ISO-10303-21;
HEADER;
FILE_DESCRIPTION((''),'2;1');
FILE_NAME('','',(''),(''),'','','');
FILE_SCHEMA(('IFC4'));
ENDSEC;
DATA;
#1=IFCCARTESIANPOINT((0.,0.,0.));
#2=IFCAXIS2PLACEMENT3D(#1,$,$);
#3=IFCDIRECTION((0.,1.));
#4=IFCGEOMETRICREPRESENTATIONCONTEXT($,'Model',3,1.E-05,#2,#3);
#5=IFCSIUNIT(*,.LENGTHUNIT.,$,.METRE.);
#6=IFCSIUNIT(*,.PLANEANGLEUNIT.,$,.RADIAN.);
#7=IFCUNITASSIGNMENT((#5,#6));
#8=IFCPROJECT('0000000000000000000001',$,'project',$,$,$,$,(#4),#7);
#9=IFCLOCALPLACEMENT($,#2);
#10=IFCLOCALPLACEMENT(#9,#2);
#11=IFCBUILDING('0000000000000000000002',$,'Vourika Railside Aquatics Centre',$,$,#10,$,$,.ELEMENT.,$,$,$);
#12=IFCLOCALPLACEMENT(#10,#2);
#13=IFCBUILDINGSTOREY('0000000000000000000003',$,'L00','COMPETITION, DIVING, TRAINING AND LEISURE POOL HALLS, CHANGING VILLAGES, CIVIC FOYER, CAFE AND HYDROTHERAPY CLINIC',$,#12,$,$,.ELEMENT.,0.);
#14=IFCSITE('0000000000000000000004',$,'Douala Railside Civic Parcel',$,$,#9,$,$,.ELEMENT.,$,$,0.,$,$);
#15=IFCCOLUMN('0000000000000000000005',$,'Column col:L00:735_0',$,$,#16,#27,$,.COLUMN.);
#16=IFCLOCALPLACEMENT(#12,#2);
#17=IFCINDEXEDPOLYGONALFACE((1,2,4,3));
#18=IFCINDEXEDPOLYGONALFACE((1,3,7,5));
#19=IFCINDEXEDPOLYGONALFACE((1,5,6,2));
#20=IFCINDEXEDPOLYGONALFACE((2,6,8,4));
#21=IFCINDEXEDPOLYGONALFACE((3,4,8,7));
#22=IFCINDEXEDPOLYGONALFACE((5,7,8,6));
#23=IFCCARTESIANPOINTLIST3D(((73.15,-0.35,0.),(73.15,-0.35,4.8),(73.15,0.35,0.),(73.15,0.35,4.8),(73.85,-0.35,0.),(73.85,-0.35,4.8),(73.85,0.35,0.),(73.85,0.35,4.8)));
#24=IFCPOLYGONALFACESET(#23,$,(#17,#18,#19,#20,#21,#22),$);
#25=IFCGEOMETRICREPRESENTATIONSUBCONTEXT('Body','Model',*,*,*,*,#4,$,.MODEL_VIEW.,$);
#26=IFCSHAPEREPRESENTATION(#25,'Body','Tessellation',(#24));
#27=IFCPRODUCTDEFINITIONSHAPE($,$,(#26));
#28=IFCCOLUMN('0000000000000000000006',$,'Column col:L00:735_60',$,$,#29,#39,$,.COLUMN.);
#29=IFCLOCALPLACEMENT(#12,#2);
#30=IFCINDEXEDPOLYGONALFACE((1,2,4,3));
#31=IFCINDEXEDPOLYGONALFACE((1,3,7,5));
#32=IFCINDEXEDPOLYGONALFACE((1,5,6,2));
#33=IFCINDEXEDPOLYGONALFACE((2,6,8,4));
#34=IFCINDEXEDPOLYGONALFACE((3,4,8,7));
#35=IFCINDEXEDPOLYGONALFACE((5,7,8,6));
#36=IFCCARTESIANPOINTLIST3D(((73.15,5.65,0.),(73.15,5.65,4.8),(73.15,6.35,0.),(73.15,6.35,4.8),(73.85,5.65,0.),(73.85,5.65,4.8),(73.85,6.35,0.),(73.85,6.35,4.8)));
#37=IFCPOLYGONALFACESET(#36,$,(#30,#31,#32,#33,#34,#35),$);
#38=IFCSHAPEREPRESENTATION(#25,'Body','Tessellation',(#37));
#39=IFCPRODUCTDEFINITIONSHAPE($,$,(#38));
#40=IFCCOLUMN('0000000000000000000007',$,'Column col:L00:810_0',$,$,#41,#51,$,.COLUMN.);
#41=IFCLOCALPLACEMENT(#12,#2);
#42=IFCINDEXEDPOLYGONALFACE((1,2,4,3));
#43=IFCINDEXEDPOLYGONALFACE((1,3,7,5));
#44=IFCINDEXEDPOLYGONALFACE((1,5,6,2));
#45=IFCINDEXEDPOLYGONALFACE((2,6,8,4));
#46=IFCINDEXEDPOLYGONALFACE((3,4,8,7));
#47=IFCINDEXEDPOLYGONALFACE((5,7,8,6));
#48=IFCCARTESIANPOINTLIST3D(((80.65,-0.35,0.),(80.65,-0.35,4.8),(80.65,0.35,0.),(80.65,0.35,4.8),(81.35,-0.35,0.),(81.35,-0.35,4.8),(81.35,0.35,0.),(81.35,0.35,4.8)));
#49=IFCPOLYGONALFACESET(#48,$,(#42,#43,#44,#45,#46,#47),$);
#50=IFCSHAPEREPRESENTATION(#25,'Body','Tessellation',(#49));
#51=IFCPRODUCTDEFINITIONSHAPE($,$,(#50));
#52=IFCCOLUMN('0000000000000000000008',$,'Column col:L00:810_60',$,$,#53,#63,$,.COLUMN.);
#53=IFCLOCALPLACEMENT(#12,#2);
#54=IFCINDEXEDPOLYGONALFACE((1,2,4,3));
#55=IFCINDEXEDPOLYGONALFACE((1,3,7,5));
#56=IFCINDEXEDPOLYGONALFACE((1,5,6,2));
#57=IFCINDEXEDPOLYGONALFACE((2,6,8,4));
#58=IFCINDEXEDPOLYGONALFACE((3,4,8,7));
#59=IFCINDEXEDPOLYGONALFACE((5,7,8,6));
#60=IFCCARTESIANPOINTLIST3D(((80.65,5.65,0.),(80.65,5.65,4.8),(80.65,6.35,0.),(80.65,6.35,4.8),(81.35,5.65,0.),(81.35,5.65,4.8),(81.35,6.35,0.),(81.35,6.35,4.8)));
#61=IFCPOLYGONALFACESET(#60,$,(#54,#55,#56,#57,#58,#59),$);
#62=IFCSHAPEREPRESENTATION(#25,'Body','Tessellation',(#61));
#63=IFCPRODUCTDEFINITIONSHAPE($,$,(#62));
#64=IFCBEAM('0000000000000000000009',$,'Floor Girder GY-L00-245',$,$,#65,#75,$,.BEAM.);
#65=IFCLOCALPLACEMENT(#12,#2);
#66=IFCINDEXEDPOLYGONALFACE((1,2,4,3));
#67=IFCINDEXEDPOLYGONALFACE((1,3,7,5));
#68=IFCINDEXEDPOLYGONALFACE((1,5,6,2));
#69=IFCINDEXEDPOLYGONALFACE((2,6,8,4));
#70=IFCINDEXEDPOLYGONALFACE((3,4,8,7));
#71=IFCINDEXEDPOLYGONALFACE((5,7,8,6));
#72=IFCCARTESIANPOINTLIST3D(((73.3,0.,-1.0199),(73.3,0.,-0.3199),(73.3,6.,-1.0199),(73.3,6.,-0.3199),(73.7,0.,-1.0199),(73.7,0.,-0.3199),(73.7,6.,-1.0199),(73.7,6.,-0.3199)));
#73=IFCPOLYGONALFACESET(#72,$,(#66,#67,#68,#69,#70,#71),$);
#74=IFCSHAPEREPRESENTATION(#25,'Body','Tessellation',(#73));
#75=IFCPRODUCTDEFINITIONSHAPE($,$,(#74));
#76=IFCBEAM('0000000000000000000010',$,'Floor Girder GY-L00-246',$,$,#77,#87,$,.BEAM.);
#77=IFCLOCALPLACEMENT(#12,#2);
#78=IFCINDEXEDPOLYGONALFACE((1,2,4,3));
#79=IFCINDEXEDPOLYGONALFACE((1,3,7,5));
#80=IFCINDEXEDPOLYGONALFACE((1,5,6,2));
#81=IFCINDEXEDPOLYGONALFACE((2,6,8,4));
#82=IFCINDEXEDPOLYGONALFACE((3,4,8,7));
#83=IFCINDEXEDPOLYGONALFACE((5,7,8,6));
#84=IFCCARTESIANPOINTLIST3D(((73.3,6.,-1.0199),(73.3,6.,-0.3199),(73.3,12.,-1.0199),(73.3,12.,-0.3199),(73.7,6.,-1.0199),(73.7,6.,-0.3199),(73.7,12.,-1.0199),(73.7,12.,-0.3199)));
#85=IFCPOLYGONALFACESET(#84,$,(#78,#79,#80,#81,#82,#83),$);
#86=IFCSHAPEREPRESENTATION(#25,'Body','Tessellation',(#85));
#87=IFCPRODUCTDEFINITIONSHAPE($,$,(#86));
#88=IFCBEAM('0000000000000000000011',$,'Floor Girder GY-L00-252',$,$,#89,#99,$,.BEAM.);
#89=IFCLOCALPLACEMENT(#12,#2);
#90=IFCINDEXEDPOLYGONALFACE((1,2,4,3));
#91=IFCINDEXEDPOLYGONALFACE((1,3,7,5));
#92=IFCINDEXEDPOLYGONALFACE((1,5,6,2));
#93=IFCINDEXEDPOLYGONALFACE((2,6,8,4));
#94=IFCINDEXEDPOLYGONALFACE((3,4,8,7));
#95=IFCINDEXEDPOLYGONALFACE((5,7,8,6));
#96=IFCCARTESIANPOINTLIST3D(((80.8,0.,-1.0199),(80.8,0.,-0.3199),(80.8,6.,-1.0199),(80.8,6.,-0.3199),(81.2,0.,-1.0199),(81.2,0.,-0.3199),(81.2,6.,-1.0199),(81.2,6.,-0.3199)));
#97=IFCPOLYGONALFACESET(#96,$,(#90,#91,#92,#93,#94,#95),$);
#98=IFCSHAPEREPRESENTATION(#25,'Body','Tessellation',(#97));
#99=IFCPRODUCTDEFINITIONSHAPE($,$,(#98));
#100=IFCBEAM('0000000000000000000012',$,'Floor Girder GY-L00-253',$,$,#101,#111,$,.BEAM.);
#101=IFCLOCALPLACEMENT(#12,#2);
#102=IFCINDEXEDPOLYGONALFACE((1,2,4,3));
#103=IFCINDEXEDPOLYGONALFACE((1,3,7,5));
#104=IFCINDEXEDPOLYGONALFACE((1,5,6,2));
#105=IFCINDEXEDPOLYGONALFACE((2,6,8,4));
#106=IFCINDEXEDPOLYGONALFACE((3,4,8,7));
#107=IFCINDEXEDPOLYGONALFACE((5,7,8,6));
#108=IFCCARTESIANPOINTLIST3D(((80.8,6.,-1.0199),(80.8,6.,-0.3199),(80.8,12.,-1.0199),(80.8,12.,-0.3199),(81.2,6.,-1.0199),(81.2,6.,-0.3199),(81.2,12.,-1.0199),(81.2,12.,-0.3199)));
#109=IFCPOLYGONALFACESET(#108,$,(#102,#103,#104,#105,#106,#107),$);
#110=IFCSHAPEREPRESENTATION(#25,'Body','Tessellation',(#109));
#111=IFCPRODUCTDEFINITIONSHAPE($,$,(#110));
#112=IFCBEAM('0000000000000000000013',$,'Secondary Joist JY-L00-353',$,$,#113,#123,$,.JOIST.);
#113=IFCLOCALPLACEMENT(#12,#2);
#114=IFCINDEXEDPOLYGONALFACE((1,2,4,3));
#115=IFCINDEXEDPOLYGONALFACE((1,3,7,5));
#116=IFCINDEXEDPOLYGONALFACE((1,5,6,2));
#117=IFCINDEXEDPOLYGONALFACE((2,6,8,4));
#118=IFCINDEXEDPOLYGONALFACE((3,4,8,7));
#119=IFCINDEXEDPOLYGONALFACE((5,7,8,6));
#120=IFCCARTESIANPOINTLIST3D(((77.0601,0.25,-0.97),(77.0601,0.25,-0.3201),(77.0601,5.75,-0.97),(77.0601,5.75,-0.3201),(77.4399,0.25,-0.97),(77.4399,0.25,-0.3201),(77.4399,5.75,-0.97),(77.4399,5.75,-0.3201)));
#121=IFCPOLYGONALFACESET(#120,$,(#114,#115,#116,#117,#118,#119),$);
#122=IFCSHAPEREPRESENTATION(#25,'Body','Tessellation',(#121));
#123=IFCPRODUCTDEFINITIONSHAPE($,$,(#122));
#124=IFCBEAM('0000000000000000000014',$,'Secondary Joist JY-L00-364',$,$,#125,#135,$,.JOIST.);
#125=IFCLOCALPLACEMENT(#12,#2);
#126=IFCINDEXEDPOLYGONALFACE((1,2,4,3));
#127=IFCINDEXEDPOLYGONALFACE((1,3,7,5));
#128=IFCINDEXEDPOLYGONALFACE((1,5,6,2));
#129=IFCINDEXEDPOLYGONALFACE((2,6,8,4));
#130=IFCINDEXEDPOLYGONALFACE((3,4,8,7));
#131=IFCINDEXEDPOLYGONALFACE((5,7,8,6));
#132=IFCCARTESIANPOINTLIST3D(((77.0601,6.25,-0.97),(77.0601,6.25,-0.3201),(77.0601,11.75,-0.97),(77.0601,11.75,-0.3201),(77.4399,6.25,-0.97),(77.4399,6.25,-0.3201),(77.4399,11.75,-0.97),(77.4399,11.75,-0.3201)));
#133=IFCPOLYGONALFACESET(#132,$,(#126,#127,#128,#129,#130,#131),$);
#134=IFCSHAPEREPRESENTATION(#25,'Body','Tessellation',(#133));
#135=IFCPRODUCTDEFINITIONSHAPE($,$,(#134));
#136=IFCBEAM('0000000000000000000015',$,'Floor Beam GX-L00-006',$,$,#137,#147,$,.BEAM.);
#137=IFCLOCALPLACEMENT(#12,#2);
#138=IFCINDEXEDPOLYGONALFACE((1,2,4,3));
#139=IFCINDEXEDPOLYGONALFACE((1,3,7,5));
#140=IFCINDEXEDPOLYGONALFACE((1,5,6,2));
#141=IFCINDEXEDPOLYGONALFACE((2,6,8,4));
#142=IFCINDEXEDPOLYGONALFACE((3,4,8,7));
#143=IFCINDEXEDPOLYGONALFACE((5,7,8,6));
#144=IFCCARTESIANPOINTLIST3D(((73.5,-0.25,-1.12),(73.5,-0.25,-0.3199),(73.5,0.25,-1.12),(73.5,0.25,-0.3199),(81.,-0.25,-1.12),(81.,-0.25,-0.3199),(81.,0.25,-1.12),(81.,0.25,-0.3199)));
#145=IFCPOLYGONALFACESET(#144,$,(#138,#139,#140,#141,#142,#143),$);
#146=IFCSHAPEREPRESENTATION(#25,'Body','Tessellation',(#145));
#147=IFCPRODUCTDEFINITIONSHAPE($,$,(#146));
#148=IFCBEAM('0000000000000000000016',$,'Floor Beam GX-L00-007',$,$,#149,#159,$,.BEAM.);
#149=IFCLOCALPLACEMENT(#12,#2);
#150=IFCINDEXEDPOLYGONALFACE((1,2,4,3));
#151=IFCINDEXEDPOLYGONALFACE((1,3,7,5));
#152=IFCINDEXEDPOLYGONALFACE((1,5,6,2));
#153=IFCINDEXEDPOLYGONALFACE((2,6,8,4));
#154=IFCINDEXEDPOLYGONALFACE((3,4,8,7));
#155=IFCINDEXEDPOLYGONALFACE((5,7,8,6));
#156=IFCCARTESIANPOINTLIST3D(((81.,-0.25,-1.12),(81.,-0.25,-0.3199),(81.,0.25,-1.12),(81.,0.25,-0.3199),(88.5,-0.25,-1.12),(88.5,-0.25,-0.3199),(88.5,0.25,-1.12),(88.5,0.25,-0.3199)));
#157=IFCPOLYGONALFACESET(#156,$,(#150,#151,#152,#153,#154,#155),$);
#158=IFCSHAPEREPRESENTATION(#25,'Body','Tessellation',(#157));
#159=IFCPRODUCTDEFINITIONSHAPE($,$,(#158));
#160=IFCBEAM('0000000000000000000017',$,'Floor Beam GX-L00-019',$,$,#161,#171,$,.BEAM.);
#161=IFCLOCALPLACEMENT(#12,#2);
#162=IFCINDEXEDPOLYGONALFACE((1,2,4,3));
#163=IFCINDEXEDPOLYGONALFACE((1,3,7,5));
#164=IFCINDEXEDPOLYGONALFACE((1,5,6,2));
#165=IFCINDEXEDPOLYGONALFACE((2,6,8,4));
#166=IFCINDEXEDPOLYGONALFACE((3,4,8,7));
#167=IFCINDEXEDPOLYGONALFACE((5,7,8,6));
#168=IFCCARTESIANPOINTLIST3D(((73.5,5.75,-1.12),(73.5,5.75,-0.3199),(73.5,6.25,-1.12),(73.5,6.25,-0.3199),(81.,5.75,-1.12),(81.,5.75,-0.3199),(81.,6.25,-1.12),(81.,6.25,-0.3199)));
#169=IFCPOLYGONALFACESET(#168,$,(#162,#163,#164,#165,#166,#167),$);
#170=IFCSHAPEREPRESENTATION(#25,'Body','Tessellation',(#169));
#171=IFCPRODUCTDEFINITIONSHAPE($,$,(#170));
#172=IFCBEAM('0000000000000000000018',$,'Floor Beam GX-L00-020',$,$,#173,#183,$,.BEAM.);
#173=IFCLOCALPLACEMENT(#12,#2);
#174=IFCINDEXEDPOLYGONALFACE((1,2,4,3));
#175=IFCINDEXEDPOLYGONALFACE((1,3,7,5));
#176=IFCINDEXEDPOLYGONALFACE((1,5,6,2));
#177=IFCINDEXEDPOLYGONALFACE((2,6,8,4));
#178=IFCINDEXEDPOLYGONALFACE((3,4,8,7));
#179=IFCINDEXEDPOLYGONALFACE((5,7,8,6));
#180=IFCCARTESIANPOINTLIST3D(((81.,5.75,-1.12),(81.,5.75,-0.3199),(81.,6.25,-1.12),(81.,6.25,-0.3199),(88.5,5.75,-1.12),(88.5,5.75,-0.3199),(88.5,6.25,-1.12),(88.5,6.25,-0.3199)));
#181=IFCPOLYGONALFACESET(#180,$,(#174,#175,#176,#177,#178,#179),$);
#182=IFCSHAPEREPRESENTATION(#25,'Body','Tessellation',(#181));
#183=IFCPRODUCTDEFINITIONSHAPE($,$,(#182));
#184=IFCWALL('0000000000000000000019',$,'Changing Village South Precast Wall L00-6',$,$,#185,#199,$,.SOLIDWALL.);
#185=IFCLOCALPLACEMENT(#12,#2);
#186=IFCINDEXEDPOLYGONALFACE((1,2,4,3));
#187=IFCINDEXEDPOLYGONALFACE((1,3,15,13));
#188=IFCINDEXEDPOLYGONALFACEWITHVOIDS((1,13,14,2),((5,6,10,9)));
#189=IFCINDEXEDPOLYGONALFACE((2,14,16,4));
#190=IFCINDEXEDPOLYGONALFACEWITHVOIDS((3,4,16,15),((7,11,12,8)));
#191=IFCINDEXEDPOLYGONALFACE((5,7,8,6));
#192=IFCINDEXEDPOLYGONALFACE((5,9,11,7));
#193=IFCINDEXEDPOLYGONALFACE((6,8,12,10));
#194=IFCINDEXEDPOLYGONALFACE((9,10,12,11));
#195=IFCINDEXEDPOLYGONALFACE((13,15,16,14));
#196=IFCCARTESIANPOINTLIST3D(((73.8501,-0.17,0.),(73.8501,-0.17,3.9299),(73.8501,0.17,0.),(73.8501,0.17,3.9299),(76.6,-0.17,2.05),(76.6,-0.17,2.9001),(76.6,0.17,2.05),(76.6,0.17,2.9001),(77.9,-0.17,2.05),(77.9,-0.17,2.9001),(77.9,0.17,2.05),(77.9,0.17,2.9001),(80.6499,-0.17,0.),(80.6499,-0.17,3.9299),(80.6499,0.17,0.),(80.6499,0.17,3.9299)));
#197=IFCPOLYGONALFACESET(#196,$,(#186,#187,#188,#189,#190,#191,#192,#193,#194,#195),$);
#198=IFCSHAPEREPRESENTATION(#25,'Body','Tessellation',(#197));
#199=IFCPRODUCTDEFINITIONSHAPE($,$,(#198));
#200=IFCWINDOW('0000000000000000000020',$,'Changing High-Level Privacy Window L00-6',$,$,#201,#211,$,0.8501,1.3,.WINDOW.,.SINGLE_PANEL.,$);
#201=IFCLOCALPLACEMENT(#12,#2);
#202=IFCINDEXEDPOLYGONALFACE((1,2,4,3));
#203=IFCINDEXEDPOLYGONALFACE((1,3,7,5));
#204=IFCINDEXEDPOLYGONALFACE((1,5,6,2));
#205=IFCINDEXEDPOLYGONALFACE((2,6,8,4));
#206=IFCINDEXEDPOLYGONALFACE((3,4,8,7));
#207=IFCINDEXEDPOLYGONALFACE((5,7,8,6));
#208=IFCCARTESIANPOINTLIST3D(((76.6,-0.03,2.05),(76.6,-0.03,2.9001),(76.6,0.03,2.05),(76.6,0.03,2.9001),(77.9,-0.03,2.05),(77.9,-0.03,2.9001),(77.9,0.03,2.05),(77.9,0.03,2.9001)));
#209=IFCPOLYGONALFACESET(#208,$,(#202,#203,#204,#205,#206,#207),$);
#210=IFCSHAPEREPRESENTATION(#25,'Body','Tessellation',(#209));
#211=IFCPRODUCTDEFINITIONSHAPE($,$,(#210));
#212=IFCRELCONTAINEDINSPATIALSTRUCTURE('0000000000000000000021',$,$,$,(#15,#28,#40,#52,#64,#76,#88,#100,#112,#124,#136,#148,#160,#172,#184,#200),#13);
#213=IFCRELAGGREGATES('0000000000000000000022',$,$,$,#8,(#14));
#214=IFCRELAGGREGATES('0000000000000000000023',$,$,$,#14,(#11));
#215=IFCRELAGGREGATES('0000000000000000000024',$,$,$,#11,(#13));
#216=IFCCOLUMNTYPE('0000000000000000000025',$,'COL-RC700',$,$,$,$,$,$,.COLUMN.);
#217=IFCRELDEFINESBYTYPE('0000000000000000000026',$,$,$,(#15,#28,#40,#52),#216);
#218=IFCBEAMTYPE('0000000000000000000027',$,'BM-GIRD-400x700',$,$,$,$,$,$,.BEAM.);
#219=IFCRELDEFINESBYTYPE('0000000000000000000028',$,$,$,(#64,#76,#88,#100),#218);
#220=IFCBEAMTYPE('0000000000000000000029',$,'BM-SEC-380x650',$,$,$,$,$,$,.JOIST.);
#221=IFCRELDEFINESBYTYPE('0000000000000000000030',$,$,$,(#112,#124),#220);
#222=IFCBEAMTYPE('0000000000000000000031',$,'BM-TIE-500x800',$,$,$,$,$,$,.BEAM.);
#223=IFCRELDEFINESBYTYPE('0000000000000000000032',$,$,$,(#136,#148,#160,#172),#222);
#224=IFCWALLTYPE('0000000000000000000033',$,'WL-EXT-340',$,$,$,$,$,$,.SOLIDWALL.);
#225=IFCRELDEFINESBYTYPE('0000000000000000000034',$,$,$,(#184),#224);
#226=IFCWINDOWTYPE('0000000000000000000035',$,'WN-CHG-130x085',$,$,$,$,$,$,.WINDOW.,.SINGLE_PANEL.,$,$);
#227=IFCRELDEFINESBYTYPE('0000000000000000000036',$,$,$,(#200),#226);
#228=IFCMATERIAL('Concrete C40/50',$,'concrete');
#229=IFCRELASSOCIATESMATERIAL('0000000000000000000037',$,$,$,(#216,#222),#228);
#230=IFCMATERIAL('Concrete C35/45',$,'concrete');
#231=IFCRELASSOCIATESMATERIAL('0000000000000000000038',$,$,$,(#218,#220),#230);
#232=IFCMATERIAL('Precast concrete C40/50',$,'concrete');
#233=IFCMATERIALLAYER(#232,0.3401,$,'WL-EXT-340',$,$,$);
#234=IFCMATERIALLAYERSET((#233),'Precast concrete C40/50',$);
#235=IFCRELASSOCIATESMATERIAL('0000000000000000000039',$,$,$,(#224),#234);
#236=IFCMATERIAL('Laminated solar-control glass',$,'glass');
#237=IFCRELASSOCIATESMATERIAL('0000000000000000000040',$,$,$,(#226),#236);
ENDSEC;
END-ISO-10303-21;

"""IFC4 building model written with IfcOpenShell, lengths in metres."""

from ifc_helpers import new_model, si_unit, direction, frame, frame_2d, origin, origin_2d, place, context, subcontext, project, spatial, rectangle, extrude, material, layer, layer_set, material_profile, profile_set, type_object, element, fill, save


model = new_model("IFC4")

# Units and contexts
model_context = context("Model", 3, precision=1e-05, world=origin(), true_north=direction((0.0, 1.0)))
body_context = subcontext(model_context, "Body", "Model", "MODEL_VIEW")
ifc_project = project(units=[si_unit("LENGTHUNIT", "METRE"), si_unit("PLANEANGLEUNIT", "RADIAN")], contexts=[model_context])

# Site, building, storey
site_placement = place(None, origin())
site = spatial("IfcSite", under=ifc_project, at=site_placement, Name="Douala Railside Civic Parcel", CompositionType="ELEMENT", RefElevation=0.0)
building_placement = place(site_placement, origin())
building = spatial("IfcBuilding", under=site, at=building_placement, Name="Vourika Railside Aquatics Centre", CompositionType="ELEMENT")
storey_placement = place(building_placement, origin())
storey = spatial("IfcBuildingStorey", under=building, at=storey_placement, Name="L00", Description="COMPETITION, DIVING, TRAINING AND LEISURE POOL HALLS, CHANGING VILLAGES, CIVIC FOYER, CAFE AND HYDROTHERAPY CLINIC", CompositionType="ELEMENT", Elevation=0.0)

# Columns
ifc_material_1 = material(Name="Concrete C40/50", Category="concrete")
ifc_material_profile_1 = material_profile(ifc_material_1, rectangle(XDim=0.7, YDim=0.7, at=origin_2d()), Name="RC 700x700")
ifc_profile_set_1 = profile_set([ifc_material_profile_1], Name="Concrete C40/50")
column_type = type_object("IfcColumnType", Name="COL-RC700", PredefinedType="COLUMN", material=ifc_profile_set_1)
for number, where, z_axis, x_axis, name in (
    (1, (73.5, 0.0, 0.0), (0.0, 0.0, 1.0), (1.0, 0.0, 0.0), "Column col:L00:735_0"),
    (2, (73.5, 6.0, 0.0), (0.0, 0.0, 1.0), (1.0, 0.0, 0.0), "Column col:L00:735_60"),
    (3, (81.0, 0.0, 0.0), (0.0, 0.0, 1.0), (1.0, 0.0, 0.0), "Column col:L00:810_0"),
    (4, (81.0, 6.0, 0.0), (0.0, 0.0, 1.0), (1.0, 0.0, 0.0), "Column col:L00:810_60"),
):
    element("IfcColumn", number, at=place(storey_placement, frame(where, z_axis=z_axis, x_axis=x_axis)), inside=storey, type_object=column_type, Name=name, PredefinedType="COLUMN", context=body_context, shape_type="SweptSolid", body=[
        extrude(rectangle(XDim=0.7, YDim=0.7, at=origin_2d()), origin(), (0.0, 0.0, 1.0), 4.8),
    ])

# Beams
ifc_material_2 = material(Name="Concrete C35/45", Category="concrete")
ifc_material_profile_2 = material_profile(ifc_material_2, rectangle(XDim=0.3999, YDim=0.7, at=origin_2d()), Name="RC 400x700")
ifc_profile_set_2 = profile_set([ifc_material_profile_2], Name="Concrete C35/45")
beam_type_1 = type_object("IfcBeamType", Name="BM-GIRD-400x700", PredefinedType="BEAM", material=ifc_profile_set_2)
for number, where, z_axis, x_axis, name in (
    (5, (73.5, 0.0, -0.6699), (0.0, 1.0, 0.0), (-1.0, 0.0, 0.0), "Floor Girder GY-L00-245"),
    (6, (73.5, 6.0, -0.6699), (0.0, 1.0, 0.0), (-1.0, 0.0, 0.0), "Floor Girder GY-L00-246"),
    (7, (81.0, 0.0, -0.6699), (0.0, 1.0, 0.0), (-1.0, 0.0, 0.0), "Floor Girder GY-L00-252"),
    (8, (81.0, 6.0, -0.6699), (0.0, 1.0, 0.0), (-1.0, 0.0, 0.0), "Floor Girder GY-L00-253"),
):
    element("IfcBeam", number, at=place(storey_placement, frame(where, z_axis=z_axis, x_axis=x_axis)), inside=storey, type_object=beam_type_1, Name=name, PredefinedType="BEAM", context=body_context, shape_type="SweptSolid", body=[
        extrude(rectangle(XDim=0.3999, YDim=0.7, at=origin_2d()), origin(), (0.0, 0.0, 1.0), 6.0),
    ])
ifc_material_profile_3 = material_profile(ifc_material_2, rectangle(XDim=0.3799, YDim=0.6499, at=origin_2d()), Name="RC 380x650")
ifc_profile_set_3 = profile_set([ifc_material_profile_3], Name="Concrete C35/45")
beam_type_2 = type_object("IfcBeamType", Name="BM-SEC-380x650", PredefinedType="JOIST", material=ifc_profile_set_3)
for number, where, z_axis, x_axis, name in (
    (9, (77.25, 0.25, -0.645), (0.0, 1.0, 0.0), (-1.0, 0.0, 0.0), "Secondary Joist JY-L00-353"),
    (10, (77.25, 6.25, -0.645), (0.0, 1.0, 0.0), (-1.0, 0.0, 0.0), "Secondary Joist JY-L00-364"),
):
    element("IfcBeam", number, at=place(storey_placement, frame(where, z_axis=z_axis, x_axis=x_axis)), inside=storey, type_object=beam_type_2, Name=name, PredefinedType="JOIST", context=body_context, shape_type="SweptSolid", body=[
        extrude(rectangle(XDim=0.3799, YDim=0.6499, at=origin_2d()), origin(), (0.0, 0.0, 1.0), 5.5),
    ])
ifc_material_profile_4 = material_profile(ifc_material_1, rectangle(XDim=0.5, YDim=0.8, at=origin_2d()), Name="RC 500x800")
ifc_profile_set_4 = profile_set([ifc_material_profile_4], Name="Concrete C40/50")
beam_type_3 = type_object("IfcBeamType", Name="BM-TIE-500x800", PredefinedType="BEAM", material=ifc_profile_set_4)
for number, where, z_axis, x_axis, name in (
    (11, (73.5, 0.0, -0.72), (1.0, 0.0, 0.0), (0.0, 1.0, 0.0), "Floor Beam GX-L00-006"),
    (12, (81.0, 0.0, -0.72), (1.0, 0.0, 0.0), (0.0, 1.0, 0.0), "Floor Beam GX-L00-007"),
    (13, (73.5, 6.0, -0.72), (1.0, 0.0, 0.0), (0.0, 1.0, 0.0), "Floor Beam GX-L00-019"),
    (14, (81.0, 6.0, -0.72), (1.0, 0.0, 0.0), (0.0, 1.0, 0.0), "Floor Beam GX-L00-020"),
):
    element("IfcBeam", number, at=place(storey_placement, frame(where, z_axis=z_axis, x_axis=x_axis)), inside=storey, type_object=beam_type_3, Name=name, PredefinedType="BEAM", context=body_context, shape_type="SweptSolid", body=[
        extrude(rectangle(XDim=0.5, YDim=0.8, at=origin_2d()), origin(), (0.0, 0.0, 1.0), 7.5),
    ])

# Wall, opening, window
ifc_material_3 = material(Name="Precast concrete C40/50", Category="concrete")
ifc_layer_1 = layer(ifc_material_3, 0.3401, Name="WL-EXT-340")
ifc_layer_set_1 = layer_set([ifc_layer_1], Name="Precast concrete C40/50")
wall_type_1 = type_object("IfcWallType", Name="WL-EXT-340", PredefinedType="SOLIDWALL", material=ifc_layer_set_1)
wall_1_placement = place(storey_placement, frame((73.8501, 0.0, 0.0), z_axis=(0.0, 0.0, 1.0), x_axis=(1.0, 0.0, 0.0)))
wall_1 = element("IfcWall", 15, at=wall_1_placement, inside=storey, type_object=wall_type_1, Name="Changing Village South Precast Wall L00-6", PredefinedType="SOLIDWALL", context=body_context, shape_type="SweptSolid", body=[
    extrude(rectangle(XDim=6.7998, YDim=0.3401, at=frame_2d((3.3999, 0.0))), origin(), (0.0, 0.0, 1.0), 3.9299),
])
opening_1_placement = place(wall_1_placement, frame((2.75, 0.0, 2.05)))
opening_1 = element("IfcOpeningElement", 16, at=opening_1_placement, cuts=wall_1, PredefinedType="OPENING", context=body_context, shape_type="SweptSolid", body=[
    extrude(rectangle(XDim=1.3, YDim=0.8501, at=frame_2d((0.6499, 0.425))), frame((0.0, 0.1802, 0.0), z_axis=(0.0, -1.0, 0.0), x_axis=(1.0, 0.0, 0.0)), (0.0, 0.0, 1.0), 0.3601),
])
ifc_material_4 = material(Name="Laminated solar-control glass", Category="glass")
window_type_1 = type_object("IfcWindowType", Name="WN-CHG-130x085", PartitioningType="SINGLE_PANEL", PredefinedType="WINDOW", material=ifc_material_4)
window_1_placement = place(opening_1_placement, origin())
window_1 = element("IfcWindow", 17, at=window_1_placement, inside=storey, type_object=window_type_1, Name="Changing High-Level Privacy Window L00-6", OverallHeight=0.8501, OverallWidth=1.3, PartitioningType="SINGLE_PANEL", PredefinedType="WINDOW", context=body_context, shape_type="SweptSolid", body=[
    extrude(rectangle(XDim=1.3, YDim=0.8501, at=frame_2d((0.6499, 0.425))), frame((0.0, 0.03, 0.0), z_axis=(0.0, -1.0, 0.0), x_axis=(1.0, 0.0, 0.0)), (0.0, 0.0, 1.0), 0.0601),
])
fill(opening_1, window_1)

save(model, "model.ifc")
